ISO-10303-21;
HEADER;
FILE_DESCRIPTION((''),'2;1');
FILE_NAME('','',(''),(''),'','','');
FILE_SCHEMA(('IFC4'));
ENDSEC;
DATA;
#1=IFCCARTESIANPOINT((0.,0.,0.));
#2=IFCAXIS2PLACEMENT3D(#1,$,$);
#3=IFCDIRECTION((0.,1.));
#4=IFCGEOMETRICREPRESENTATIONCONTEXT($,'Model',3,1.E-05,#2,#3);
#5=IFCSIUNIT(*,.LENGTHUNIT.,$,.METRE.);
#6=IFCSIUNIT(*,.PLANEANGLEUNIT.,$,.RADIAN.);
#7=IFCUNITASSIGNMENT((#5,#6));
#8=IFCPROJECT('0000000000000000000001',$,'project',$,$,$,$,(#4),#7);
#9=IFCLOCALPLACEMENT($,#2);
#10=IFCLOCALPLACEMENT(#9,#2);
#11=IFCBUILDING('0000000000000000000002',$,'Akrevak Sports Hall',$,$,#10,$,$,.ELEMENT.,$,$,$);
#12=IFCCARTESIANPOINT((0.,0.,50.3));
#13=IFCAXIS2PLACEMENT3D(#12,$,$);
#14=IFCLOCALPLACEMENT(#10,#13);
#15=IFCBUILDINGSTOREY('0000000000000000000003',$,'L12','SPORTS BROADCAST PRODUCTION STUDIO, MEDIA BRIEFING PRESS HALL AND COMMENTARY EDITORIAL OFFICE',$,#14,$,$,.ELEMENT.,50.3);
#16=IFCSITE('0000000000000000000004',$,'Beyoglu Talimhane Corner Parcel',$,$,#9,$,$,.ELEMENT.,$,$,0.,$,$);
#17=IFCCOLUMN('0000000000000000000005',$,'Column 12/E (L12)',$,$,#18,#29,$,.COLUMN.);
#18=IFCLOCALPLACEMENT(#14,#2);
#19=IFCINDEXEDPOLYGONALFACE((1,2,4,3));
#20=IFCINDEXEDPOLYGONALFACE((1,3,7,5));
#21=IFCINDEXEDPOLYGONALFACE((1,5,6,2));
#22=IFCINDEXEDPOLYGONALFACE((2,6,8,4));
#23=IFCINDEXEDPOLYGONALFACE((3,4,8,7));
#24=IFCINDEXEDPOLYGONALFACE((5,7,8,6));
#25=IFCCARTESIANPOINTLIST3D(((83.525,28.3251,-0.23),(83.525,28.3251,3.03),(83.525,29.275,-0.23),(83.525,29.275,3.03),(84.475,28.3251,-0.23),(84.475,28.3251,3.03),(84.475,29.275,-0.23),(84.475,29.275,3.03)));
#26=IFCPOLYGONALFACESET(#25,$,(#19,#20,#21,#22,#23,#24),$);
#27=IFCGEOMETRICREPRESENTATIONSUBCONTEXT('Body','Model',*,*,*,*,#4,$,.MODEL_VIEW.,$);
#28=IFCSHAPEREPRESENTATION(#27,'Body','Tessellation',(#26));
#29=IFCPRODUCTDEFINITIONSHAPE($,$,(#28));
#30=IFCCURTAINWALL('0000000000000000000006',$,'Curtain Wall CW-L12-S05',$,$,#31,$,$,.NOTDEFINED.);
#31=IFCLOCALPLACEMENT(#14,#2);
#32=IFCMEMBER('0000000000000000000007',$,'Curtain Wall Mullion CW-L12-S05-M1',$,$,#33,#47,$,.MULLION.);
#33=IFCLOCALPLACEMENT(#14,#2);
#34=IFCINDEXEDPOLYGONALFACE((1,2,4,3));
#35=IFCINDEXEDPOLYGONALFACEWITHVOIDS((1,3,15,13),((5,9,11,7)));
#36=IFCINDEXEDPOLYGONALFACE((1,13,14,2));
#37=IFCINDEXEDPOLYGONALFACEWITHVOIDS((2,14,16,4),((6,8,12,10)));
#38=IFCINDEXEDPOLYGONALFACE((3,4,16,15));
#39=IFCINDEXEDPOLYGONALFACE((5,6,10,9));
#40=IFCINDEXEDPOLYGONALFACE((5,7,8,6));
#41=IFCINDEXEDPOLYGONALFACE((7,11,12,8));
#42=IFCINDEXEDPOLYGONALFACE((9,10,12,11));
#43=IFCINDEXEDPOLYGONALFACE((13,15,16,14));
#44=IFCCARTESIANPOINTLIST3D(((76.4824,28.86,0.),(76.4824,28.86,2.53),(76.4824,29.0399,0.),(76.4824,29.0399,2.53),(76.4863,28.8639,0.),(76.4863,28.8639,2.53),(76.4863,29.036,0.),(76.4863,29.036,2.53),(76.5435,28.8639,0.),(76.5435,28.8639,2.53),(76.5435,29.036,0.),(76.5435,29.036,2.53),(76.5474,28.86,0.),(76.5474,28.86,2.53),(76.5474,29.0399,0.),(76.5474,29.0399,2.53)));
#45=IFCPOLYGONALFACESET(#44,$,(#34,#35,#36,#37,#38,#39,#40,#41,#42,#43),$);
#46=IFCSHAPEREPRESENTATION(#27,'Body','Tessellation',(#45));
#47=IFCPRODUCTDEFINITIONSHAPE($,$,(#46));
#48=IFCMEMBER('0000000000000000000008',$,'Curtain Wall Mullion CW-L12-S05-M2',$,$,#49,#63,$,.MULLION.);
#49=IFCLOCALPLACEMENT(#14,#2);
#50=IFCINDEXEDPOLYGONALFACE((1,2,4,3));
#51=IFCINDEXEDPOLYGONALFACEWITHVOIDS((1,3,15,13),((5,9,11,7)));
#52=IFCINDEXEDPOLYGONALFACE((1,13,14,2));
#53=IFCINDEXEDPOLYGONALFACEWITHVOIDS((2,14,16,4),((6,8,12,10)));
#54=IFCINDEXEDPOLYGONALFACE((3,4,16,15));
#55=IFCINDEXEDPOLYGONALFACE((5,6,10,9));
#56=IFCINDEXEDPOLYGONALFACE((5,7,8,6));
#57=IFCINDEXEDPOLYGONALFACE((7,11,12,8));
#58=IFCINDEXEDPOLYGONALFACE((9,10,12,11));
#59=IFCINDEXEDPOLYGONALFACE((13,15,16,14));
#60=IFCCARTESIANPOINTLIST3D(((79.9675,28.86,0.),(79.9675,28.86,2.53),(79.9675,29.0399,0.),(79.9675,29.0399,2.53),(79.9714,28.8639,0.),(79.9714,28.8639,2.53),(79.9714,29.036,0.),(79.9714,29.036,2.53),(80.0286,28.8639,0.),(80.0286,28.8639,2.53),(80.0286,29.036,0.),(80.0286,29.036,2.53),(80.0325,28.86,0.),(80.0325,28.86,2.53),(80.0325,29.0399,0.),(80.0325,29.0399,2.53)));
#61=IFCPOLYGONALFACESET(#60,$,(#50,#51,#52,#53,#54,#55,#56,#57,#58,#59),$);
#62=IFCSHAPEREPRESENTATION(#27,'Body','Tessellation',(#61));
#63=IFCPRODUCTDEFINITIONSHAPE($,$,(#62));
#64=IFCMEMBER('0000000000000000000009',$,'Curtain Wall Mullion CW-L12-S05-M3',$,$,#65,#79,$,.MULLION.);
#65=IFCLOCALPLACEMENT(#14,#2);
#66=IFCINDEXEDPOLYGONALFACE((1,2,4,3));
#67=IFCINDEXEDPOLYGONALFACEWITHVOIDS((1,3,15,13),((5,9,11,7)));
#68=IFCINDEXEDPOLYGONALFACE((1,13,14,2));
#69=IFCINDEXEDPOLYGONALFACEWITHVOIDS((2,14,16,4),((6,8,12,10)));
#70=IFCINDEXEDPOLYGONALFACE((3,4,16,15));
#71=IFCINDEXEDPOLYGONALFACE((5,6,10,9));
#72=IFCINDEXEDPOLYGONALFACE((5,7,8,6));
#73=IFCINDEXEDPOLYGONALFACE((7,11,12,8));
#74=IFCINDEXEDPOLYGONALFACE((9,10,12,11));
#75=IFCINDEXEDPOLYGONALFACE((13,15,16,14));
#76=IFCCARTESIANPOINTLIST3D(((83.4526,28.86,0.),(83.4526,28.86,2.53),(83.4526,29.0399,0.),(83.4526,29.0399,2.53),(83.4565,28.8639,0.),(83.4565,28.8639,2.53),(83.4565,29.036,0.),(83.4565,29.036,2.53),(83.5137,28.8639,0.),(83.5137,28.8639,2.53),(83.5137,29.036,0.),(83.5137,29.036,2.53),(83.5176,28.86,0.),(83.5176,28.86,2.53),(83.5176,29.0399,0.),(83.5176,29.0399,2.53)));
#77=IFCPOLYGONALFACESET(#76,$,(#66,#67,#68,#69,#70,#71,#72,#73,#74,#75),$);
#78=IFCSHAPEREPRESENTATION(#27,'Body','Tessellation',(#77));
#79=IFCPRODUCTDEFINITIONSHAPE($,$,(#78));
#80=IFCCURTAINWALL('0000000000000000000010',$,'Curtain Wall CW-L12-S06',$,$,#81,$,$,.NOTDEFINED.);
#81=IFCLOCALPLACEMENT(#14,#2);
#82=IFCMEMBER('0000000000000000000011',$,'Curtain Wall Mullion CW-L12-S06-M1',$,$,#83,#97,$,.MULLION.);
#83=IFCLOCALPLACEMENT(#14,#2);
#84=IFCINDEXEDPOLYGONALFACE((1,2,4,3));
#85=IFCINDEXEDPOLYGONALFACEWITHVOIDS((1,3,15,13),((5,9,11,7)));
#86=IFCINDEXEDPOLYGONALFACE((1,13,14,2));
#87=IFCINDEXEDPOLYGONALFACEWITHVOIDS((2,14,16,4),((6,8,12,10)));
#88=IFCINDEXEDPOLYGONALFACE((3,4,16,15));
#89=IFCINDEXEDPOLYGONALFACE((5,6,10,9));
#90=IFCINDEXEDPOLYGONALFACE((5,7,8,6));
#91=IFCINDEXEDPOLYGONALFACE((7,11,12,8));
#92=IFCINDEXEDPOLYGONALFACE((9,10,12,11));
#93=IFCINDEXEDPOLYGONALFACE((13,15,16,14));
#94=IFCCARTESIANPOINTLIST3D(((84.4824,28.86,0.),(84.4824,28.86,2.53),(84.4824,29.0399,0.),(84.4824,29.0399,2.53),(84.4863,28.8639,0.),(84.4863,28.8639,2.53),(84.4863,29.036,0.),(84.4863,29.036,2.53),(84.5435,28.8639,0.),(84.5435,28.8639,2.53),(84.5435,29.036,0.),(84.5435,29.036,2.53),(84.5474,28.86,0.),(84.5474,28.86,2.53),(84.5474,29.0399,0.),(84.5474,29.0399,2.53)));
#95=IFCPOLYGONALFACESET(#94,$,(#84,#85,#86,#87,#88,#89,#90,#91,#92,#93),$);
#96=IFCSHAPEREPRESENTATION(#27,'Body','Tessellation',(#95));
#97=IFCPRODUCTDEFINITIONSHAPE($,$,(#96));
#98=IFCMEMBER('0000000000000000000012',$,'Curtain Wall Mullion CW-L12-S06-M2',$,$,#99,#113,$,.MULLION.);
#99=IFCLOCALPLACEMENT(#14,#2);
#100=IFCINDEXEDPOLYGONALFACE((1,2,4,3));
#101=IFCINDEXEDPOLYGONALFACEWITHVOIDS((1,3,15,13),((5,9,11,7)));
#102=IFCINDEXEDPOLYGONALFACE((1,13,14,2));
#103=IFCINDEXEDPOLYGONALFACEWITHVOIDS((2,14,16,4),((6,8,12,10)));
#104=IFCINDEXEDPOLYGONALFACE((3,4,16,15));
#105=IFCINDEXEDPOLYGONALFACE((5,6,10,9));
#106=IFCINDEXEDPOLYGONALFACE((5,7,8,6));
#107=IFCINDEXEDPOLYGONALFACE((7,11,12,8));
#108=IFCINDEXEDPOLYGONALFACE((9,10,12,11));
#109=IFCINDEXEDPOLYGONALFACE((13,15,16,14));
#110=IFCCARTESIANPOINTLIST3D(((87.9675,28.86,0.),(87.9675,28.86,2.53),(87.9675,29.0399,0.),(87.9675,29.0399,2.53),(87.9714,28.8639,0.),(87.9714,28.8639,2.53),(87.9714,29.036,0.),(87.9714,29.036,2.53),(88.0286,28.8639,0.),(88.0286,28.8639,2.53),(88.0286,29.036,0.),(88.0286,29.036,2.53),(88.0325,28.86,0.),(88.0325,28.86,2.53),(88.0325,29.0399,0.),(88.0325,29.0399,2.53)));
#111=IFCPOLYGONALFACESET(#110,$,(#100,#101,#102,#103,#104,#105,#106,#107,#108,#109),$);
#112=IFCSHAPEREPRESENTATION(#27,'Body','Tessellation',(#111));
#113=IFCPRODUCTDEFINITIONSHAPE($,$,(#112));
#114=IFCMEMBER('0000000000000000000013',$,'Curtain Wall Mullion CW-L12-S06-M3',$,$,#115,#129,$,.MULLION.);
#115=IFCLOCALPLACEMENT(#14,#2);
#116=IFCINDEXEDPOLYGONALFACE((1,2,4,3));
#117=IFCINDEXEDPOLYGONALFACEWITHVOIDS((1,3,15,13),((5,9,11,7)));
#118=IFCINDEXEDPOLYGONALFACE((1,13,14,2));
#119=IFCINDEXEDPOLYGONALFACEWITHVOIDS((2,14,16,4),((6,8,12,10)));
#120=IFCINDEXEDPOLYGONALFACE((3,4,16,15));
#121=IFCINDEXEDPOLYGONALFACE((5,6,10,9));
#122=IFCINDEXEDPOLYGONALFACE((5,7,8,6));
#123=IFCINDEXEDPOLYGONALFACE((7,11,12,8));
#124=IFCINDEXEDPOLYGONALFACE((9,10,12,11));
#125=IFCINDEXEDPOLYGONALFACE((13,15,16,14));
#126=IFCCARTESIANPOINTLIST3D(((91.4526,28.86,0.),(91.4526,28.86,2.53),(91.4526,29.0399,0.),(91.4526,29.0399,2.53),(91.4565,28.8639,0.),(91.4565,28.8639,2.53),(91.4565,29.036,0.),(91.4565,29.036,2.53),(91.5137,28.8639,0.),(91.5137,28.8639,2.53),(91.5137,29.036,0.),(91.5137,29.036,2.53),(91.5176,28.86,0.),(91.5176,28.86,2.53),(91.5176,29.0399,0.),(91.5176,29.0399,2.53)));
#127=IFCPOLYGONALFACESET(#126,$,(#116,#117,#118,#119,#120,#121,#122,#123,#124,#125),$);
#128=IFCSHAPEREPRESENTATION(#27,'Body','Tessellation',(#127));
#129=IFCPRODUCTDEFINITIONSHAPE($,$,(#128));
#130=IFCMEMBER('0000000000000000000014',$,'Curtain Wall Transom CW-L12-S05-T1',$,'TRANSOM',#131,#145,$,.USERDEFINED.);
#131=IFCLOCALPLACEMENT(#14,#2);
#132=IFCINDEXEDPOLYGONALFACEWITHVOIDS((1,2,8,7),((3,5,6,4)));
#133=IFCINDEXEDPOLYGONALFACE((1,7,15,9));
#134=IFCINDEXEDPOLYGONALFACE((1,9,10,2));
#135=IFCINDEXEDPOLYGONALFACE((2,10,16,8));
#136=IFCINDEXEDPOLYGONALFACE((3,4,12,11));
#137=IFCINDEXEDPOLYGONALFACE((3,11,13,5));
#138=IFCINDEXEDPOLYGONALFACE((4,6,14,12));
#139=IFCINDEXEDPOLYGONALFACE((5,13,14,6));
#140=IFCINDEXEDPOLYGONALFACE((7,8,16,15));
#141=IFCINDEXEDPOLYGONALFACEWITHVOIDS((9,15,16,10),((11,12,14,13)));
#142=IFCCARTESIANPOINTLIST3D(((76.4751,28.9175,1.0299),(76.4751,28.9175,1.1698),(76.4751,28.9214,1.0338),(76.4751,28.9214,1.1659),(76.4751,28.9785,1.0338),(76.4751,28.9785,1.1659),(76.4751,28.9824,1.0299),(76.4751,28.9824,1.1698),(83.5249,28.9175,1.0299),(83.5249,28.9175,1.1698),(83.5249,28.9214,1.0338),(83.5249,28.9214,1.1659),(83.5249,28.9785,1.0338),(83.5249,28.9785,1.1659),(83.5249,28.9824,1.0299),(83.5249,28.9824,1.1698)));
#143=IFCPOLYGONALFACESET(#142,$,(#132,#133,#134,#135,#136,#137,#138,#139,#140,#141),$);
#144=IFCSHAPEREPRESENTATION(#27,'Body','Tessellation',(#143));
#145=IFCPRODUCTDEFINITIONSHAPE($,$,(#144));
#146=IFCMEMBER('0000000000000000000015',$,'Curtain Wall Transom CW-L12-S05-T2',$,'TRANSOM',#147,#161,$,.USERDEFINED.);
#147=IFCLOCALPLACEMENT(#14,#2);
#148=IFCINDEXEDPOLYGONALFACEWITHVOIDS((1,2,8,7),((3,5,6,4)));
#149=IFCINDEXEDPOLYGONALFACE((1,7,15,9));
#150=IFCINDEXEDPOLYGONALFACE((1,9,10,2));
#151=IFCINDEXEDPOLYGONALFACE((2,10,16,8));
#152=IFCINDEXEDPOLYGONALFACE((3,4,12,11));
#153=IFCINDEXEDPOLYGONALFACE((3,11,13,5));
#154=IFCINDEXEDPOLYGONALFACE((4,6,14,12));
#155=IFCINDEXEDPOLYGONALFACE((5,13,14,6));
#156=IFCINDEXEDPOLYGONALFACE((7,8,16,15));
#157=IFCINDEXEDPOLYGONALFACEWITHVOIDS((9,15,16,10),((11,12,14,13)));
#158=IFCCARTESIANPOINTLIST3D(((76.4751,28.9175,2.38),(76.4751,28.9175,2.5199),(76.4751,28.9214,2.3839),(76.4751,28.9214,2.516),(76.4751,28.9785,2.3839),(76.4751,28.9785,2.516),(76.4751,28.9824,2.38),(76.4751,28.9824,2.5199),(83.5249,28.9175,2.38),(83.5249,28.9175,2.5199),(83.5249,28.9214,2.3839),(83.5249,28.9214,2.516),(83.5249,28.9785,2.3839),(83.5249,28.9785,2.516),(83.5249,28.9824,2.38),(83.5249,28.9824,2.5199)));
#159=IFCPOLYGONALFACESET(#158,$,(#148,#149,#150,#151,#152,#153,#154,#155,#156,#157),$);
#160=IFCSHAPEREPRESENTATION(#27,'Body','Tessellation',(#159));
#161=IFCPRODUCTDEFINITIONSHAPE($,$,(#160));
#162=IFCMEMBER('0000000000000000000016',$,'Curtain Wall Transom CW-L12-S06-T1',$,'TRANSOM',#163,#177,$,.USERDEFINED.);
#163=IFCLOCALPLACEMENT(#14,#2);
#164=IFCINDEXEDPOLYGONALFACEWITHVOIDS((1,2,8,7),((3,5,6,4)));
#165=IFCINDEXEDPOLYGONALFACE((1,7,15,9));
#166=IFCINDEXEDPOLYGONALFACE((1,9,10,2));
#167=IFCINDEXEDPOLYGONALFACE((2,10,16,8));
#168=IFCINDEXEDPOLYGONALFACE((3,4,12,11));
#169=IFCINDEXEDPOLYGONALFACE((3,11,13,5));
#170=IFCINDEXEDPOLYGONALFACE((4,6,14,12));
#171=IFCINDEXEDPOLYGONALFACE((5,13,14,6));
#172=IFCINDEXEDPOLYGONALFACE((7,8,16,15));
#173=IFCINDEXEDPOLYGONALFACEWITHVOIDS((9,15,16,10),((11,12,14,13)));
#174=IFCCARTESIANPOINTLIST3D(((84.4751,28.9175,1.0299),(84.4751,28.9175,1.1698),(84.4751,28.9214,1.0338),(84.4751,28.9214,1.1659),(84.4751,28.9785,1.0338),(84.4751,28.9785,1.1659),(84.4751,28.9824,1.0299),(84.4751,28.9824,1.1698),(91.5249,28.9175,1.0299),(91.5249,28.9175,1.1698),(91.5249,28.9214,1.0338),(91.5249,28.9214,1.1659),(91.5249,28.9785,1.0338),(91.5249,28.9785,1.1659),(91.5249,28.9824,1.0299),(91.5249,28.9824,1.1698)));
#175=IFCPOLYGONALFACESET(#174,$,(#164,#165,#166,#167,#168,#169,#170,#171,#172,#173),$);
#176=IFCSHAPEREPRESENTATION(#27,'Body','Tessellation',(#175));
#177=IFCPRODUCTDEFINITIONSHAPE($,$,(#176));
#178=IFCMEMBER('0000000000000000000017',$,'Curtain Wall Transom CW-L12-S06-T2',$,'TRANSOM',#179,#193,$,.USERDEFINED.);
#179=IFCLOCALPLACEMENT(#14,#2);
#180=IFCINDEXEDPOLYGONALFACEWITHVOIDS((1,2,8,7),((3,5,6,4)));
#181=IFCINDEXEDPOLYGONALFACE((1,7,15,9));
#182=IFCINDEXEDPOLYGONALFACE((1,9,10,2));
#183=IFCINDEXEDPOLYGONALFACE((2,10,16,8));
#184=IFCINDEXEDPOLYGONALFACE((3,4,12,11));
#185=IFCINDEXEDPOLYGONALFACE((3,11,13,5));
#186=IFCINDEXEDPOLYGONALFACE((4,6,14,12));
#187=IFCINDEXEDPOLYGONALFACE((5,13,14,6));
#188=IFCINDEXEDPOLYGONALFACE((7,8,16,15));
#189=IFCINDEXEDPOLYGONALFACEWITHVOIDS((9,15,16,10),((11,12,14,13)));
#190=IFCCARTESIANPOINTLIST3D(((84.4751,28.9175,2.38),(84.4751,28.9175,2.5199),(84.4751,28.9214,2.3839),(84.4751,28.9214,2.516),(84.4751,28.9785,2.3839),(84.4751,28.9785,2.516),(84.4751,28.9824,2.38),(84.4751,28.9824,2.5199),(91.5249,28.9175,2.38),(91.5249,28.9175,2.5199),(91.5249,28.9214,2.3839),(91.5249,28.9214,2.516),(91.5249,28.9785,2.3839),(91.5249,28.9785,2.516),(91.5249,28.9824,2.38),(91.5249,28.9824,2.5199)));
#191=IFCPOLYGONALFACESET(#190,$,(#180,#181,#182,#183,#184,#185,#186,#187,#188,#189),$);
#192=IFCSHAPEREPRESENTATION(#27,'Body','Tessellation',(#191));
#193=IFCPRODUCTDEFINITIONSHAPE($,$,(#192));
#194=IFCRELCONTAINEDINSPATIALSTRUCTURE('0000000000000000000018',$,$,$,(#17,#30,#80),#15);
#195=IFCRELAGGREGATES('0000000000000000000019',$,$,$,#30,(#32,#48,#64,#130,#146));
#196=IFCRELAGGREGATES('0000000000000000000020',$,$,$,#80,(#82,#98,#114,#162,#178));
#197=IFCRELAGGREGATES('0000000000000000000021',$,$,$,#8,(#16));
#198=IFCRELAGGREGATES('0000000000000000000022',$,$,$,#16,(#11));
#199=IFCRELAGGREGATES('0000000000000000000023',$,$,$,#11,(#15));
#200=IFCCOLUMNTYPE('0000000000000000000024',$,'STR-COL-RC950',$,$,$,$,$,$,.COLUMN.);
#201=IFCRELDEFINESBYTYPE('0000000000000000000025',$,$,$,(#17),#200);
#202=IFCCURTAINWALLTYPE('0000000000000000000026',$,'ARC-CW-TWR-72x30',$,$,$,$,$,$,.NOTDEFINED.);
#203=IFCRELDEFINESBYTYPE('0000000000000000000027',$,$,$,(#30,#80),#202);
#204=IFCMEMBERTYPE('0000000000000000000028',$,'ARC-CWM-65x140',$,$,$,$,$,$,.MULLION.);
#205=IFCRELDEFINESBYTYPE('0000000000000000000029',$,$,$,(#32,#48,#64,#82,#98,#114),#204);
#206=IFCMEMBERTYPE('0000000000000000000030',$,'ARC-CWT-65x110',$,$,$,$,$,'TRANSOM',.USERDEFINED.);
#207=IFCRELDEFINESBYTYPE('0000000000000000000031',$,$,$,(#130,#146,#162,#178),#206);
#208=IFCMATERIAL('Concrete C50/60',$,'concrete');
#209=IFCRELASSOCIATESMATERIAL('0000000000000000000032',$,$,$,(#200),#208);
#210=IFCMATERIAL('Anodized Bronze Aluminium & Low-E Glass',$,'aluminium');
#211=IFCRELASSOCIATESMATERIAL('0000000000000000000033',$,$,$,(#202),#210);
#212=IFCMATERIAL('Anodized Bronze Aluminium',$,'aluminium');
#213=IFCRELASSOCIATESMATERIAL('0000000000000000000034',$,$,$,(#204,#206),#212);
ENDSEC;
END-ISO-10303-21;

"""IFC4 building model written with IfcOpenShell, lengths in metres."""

from ifc_helpers import new_model, si_unit, direction, frame, origin, origin_2d, place, context, subcontext, project, spatial, rectangle, hollow_rectangle, extrude, material, material_profile, profile_set, type_object, element, aggregate, save


model = new_model("IFC4")

# Units and contexts
model_context = context("Model", 3, precision=1e-05, world=origin(), true_north=direction((0.0, 1.0)))
body_context = subcontext(model_context, "Body", "Model", "MODEL_VIEW")
ifc_project = project(units=[si_unit("LENGTHUNIT", "METRE"), si_unit("PLANEANGLEUNIT", "RADIAN")], contexts=[model_context])

# Site, building, storey
site_placement = place(None, origin())
site = spatial("IfcSite", under=ifc_project, at=site_placement, Name="Beyoglu Talimhane Corner Parcel", CompositionType="ELEMENT", RefElevation=0.0)
building_placement = place(site_placement, origin())
building = spatial("IfcBuilding", under=site, at=building_placement, Name="Akrevak Sports Hall", CompositionType="ELEMENT")
storey_placement = place(building_placement, frame((0.0, 0.0, 50.3)))
storey = spatial("IfcBuildingStorey", under=building, at=storey_placement, Name="L12", Description="SPORTS BROADCAST PRODUCTION STUDIO, MEDIA BRIEFING PRESS HALL AND COMMENTARY EDITORIAL OFFICE", CompositionType="ELEMENT", Elevation=50.3)

# Column
ifc_material_1 = material(Name="Concrete C50/60", Category="concrete")
ifc_material_profile_1 = material_profile(ifc_material_1, rectangle(XDim=0.95, YDim=0.95, at=origin_2d()), Name="RC 950x950", Category="concrete")
ifc_profile_set_1 = profile_set([ifc_material_profile_1], Name="Concrete C50/60")
column_type = type_object("IfcColumnType", Name="STR-COL-RC950", PredefinedType="COLUMN", material=ifc_profile_set_1)
column_placement = place(storey_placement, frame((84.0, 28.8, -0.23), z_axis=(0.0, 0.0, 1.0), x_axis=(1.0, 0.0, 0.0)))
element("IfcColumn", 1, at=column_placement, inside=storey, type_object=column_type, Name="Column 12/E (L12)", PredefinedType="COLUMN", context=body_context, shape_type="SweptSolid", body=[
    extrude(rectangle(XDim=0.95, YDim=0.95, at=origin_2d()), origin(), (0.0, 0.0, 1.0), 3.26),
])

# Curtain walls, members
ifc_material_2 = material(Name="Anodized Bronze Aluminium & Low-E Glass", Category="aluminium")
curtain_wall_type = type_object("IfcCurtainWallType", Name="ARC-CW-TWR-72x30", PredefinedType="NOTDEFINED", material=ifc_material_2)
curtain_wall_1_placement = place(storey_placement, origin())
curtain_wall_1 = element("IfcCurtainWall", 2, at=curtain_wall_1_placement, inside=storey, type_object=curtain_wall_type, Name="Curtain Wall CW-L12-S05", PredefinedType="NOTDEFINED")
ifc_material_3 = material(Name="Anodized Bronze Aluminium", Category="aluminium")
ifc_material_profile_2 = material_profile(ifc_material_3, hollow_rectangle(XDim=0.0649, YDim=0.1799, WallThickness=0.0039, at=origin_2d()), Name="CWM 65x180", Category="aluminium")
ifc_profile_set_2 = profile_set([ifc_material_profile_2], Name="Anodized Bronze Aluminium")
member_type_1 = type_object("IfcMemberType", Name="ARC-CWM-65x140", PredefinedType="MULLION", material=ifc_profile_set_2)
member_1_placement = place(storey_placement, frame((76.5149, 28.95, 0.0), z_axis=(0.0, 0.0, 1.0), x_axis=(1.0, 0.0, 0.0)))
member_1 = element("IfcMember", 3, at=member_1_placement, type_object=member_type_1, Name="Curtain Wall Mullion CW-L12-S05-M1", PredefinedType="MULLION", context=body_context, shape_type="SweptSolid", body=[
    extrude(hollow_rectangle(XDim=0.0649, YDim=0.1799, WallThickness=0.0039, at=origin_2d()), origin(), (0.0, 0.0, 1.0), 2.53),
])
member_2_placement = place(storey_placement, frame((80.0, 28.95, 0.0), z_axis=(0.0, 0.0, 1.0), x_axis=(1.0, 0.0, 0.0)))
member_2 = element("IfcMember", 4, at=member_2_placement, type_object=member_type_1, Name="Curtain Wall Mullion CW-L12-S05-M2", PredefinedType="MULLION", context=body_context, shape_type="SweptSolid", body=[
    extrude(hollow_rectangle(XDim=0.0649, YDim=0.1799, WallThickness=0.0039, at=origin_2d()), origin(), (0.0, 0.0, 1.0), 2.53),
])
member_3_placement = place(storey_placement, frame((83.4851, 28.95, 0.0), z_axis=(0.0, 0.0, 1.0), x_axis=(1.0, 0.0, 0.0)))
member_3 = element("IfcMember", 5, at=member_3_placement, type_object=member_type_1, Name="Curtain Wall Mullion CW-L12-S05-M3", PredefinedType="MULLION", context=body_context, shape_type="SweptSolid", body=[
    extrude(hollow_rectangle(XDim=0.0649, YDim=0.1799, WallThickness=0.0039, at=origin_2d()), origin(), (0.0, 0.0, 1.0), 2.53),
])
curtain_wall_2_placement = place(storey_placement, origin())
curtain_wall_2 = element("IfcCurtainWall", 6, at=curtain_wall_2_placement, inside=storey, type_object=curtain_wall_type, Name="Curtain Wall CW-L12-S06", PredefinedType="NOTDEFINED")
member_4_placement = place(storey_placement, frame((84.5149, 28.95, 0.0), z_axis=(0.0, 0.0, 1.0), x_axis=(1.0, 0.0, 0.0)))
member_4 = element("IfcMember", 7, at=member_4_placement, type_object=member_type_1, Name="Curtain Wall Mullion CW-L12-S06-M1", PredefinedType="MULLION", context=body_context, shape_type="SweptSolid", body=[
    extrude(hollow_rectangle(XDim=0.0649, YDim=0.1799, WallThickness=0.0039, at=origin_2d()), origin(), (0.0, 0.0, 1.0), 2.53),
])
member_5_placement = place(storey_placement, frame((88.0, 28.95, 0.0), z_axis=(0.0, 0.0, 1.0), x_axis=(1.0, 0.0, 0.0)))
member_5 = element("IfcMember", 8, at=member_5_placement, type_object=member_type_1, Name="Curtain Wall Mullion CW-L12-S06-M2", PredefinedType="MULLION", context=body_context, shape_type="SweptSolid", body=[
    extrude(hollow_rectangle(XDim=0.0649, YDim=0.1799, WallThickness=0.0039, at=origin_2d()), origin(), (0.0, 0.0, 1.0), 2.53),
])
member_6_placement = place(storey_placement, frame((91.4851, 28.95, 0.0), z_axis=(0.0, 0.0, 1.0), x_axis=(1.0, 0.0, 0.0)))
member_6 = element("IfcMember", 9, at=member_6_placement, type_object=member_type_1, Name="Curtain Wall Mullion CW-L12-S06-M3", PredefinedType="MULLION", context=body_context, shape_type="SweptSolid", body=[
    extrude(hollow_rectangle(XDim=0.0649, YDim=0.1799, WallThickness=0.0039, at=origin_2d()), origin(), (0.0, 0.0, 1.0), 2.53),
])

# Members
ifc_material_profile_3 = material_profile(ifc_material_3, hollow_rectangle(XDim=0.0649, YDim=0.1399, WallThickness=0.0039, at=origin_2d()), Name="CWT 65x140", Category="aluminium")
ifc_profile_set_3 = profile_set([ifc_material_profile_3], Name="Anodized Bronze Aluminium")
member_type_2 = type_object("IfcMemberType", Name="ARC-CWT-65x110", ElementType="TRANSOM", PredefinedType="USERDEFINED", material=ifc_profile_set_3)
member_7_placement = place(storey_placement, frame((76.4751, 28.95, 1.0999), z_axis=(1.0, 0.0, 0.0), x_axis=(0.0, 1.0, 0.0)))
member_7 = element("IfcMember", 10, at=member_7_placement, type_object=member_type_2, Name="Curtain Wall Transom CW-L12-S05-T1", ObjectType="TRANSOM", PredefinedType="USERDEFINED", context=body_context, shape_type="SweptSolid", body=[
    extrude(hollow_rectangle(XDim=0.0649, YDim=0.1399, WallThickness=0.0039, at=origin_2d()), origin(), (0.0, 0.0, 1.0), 7.0498),
])
member_8_placement = place(storey_placement, frame((76.4751, 28.95, 2.45), z_axis=(1.0, 0.0, 0.0), x_axis=(0.0, 1.0, 0.0)))
member_8 = element("IfcMember", 11, at=member_8_placement, type_object=member_type_2, Name="Curtain Wall Transom CW-L12-S05-T2", ObjectType="TRANSOM", PredefinedType="USERDEFINED", context=body_context, shape_type="SweptSolid", body=[
    extrude(hollow_rectangle(XDim=0.0649, YDim=0.1399, WallThickness=0.0039, at=origin_2d()), origin(), (0.0, 0.0, 1.0), 7.0498),
])
member_9_placement = place(storey_placement, frame((84.4751, 28.95, 1.0999), z_axis=(1.0, 0.0, 0.0), x_axis=(0.0, 1.0, 0.0)))
member_9 = element("IfcMember", 12, at=member_9_placement, type_object=member_type_2, Name="Curtain Wall Transom CW-L12-S06-T1", ObjectType="TRANSOM", PredefinedType="USERDEFINED", context=body_context, shape_type="SweptSolid", body=[
    extrude(hollow_rectangle(XDim=0.0649, YDim=0.1399, WallThickness=0.0039, at=origin_2d()), origin(), (0.0, 0.0, 1.0), 7.0498),
])
member_10_placement = place(storey_placement, frame((84.4751, 28.95, 2.45), z_axis=(1.0, 0.0, 0.0), x_axis=(0.0, 1.0, 0.0)))
member_10 = element("IfcMember", 13, at=member_10_placement, type_object=member_type_2, Name="Curtain Wall Transom CW-L12-S06-T2", ObjectType="TRANSOM", PredefinedType="USERDEFINED", context=body_context, shape_type="SweptSolid", body=[
    extrude(hollow_rectangle(XDim=0.0649, YDim=0.1399, WallThickness=0.0039, at=origin_2d()), origin(), (0.0, 0.0, 1.0), 7.0498),
])

aggregate(curtain_wall_1, [member_1, member_2, member_3, member_7, member_8])
aggregate(curtain_wall_2, [member_4, member_5, member_6, member_9, member_10])

save(model, "model.ifc")
